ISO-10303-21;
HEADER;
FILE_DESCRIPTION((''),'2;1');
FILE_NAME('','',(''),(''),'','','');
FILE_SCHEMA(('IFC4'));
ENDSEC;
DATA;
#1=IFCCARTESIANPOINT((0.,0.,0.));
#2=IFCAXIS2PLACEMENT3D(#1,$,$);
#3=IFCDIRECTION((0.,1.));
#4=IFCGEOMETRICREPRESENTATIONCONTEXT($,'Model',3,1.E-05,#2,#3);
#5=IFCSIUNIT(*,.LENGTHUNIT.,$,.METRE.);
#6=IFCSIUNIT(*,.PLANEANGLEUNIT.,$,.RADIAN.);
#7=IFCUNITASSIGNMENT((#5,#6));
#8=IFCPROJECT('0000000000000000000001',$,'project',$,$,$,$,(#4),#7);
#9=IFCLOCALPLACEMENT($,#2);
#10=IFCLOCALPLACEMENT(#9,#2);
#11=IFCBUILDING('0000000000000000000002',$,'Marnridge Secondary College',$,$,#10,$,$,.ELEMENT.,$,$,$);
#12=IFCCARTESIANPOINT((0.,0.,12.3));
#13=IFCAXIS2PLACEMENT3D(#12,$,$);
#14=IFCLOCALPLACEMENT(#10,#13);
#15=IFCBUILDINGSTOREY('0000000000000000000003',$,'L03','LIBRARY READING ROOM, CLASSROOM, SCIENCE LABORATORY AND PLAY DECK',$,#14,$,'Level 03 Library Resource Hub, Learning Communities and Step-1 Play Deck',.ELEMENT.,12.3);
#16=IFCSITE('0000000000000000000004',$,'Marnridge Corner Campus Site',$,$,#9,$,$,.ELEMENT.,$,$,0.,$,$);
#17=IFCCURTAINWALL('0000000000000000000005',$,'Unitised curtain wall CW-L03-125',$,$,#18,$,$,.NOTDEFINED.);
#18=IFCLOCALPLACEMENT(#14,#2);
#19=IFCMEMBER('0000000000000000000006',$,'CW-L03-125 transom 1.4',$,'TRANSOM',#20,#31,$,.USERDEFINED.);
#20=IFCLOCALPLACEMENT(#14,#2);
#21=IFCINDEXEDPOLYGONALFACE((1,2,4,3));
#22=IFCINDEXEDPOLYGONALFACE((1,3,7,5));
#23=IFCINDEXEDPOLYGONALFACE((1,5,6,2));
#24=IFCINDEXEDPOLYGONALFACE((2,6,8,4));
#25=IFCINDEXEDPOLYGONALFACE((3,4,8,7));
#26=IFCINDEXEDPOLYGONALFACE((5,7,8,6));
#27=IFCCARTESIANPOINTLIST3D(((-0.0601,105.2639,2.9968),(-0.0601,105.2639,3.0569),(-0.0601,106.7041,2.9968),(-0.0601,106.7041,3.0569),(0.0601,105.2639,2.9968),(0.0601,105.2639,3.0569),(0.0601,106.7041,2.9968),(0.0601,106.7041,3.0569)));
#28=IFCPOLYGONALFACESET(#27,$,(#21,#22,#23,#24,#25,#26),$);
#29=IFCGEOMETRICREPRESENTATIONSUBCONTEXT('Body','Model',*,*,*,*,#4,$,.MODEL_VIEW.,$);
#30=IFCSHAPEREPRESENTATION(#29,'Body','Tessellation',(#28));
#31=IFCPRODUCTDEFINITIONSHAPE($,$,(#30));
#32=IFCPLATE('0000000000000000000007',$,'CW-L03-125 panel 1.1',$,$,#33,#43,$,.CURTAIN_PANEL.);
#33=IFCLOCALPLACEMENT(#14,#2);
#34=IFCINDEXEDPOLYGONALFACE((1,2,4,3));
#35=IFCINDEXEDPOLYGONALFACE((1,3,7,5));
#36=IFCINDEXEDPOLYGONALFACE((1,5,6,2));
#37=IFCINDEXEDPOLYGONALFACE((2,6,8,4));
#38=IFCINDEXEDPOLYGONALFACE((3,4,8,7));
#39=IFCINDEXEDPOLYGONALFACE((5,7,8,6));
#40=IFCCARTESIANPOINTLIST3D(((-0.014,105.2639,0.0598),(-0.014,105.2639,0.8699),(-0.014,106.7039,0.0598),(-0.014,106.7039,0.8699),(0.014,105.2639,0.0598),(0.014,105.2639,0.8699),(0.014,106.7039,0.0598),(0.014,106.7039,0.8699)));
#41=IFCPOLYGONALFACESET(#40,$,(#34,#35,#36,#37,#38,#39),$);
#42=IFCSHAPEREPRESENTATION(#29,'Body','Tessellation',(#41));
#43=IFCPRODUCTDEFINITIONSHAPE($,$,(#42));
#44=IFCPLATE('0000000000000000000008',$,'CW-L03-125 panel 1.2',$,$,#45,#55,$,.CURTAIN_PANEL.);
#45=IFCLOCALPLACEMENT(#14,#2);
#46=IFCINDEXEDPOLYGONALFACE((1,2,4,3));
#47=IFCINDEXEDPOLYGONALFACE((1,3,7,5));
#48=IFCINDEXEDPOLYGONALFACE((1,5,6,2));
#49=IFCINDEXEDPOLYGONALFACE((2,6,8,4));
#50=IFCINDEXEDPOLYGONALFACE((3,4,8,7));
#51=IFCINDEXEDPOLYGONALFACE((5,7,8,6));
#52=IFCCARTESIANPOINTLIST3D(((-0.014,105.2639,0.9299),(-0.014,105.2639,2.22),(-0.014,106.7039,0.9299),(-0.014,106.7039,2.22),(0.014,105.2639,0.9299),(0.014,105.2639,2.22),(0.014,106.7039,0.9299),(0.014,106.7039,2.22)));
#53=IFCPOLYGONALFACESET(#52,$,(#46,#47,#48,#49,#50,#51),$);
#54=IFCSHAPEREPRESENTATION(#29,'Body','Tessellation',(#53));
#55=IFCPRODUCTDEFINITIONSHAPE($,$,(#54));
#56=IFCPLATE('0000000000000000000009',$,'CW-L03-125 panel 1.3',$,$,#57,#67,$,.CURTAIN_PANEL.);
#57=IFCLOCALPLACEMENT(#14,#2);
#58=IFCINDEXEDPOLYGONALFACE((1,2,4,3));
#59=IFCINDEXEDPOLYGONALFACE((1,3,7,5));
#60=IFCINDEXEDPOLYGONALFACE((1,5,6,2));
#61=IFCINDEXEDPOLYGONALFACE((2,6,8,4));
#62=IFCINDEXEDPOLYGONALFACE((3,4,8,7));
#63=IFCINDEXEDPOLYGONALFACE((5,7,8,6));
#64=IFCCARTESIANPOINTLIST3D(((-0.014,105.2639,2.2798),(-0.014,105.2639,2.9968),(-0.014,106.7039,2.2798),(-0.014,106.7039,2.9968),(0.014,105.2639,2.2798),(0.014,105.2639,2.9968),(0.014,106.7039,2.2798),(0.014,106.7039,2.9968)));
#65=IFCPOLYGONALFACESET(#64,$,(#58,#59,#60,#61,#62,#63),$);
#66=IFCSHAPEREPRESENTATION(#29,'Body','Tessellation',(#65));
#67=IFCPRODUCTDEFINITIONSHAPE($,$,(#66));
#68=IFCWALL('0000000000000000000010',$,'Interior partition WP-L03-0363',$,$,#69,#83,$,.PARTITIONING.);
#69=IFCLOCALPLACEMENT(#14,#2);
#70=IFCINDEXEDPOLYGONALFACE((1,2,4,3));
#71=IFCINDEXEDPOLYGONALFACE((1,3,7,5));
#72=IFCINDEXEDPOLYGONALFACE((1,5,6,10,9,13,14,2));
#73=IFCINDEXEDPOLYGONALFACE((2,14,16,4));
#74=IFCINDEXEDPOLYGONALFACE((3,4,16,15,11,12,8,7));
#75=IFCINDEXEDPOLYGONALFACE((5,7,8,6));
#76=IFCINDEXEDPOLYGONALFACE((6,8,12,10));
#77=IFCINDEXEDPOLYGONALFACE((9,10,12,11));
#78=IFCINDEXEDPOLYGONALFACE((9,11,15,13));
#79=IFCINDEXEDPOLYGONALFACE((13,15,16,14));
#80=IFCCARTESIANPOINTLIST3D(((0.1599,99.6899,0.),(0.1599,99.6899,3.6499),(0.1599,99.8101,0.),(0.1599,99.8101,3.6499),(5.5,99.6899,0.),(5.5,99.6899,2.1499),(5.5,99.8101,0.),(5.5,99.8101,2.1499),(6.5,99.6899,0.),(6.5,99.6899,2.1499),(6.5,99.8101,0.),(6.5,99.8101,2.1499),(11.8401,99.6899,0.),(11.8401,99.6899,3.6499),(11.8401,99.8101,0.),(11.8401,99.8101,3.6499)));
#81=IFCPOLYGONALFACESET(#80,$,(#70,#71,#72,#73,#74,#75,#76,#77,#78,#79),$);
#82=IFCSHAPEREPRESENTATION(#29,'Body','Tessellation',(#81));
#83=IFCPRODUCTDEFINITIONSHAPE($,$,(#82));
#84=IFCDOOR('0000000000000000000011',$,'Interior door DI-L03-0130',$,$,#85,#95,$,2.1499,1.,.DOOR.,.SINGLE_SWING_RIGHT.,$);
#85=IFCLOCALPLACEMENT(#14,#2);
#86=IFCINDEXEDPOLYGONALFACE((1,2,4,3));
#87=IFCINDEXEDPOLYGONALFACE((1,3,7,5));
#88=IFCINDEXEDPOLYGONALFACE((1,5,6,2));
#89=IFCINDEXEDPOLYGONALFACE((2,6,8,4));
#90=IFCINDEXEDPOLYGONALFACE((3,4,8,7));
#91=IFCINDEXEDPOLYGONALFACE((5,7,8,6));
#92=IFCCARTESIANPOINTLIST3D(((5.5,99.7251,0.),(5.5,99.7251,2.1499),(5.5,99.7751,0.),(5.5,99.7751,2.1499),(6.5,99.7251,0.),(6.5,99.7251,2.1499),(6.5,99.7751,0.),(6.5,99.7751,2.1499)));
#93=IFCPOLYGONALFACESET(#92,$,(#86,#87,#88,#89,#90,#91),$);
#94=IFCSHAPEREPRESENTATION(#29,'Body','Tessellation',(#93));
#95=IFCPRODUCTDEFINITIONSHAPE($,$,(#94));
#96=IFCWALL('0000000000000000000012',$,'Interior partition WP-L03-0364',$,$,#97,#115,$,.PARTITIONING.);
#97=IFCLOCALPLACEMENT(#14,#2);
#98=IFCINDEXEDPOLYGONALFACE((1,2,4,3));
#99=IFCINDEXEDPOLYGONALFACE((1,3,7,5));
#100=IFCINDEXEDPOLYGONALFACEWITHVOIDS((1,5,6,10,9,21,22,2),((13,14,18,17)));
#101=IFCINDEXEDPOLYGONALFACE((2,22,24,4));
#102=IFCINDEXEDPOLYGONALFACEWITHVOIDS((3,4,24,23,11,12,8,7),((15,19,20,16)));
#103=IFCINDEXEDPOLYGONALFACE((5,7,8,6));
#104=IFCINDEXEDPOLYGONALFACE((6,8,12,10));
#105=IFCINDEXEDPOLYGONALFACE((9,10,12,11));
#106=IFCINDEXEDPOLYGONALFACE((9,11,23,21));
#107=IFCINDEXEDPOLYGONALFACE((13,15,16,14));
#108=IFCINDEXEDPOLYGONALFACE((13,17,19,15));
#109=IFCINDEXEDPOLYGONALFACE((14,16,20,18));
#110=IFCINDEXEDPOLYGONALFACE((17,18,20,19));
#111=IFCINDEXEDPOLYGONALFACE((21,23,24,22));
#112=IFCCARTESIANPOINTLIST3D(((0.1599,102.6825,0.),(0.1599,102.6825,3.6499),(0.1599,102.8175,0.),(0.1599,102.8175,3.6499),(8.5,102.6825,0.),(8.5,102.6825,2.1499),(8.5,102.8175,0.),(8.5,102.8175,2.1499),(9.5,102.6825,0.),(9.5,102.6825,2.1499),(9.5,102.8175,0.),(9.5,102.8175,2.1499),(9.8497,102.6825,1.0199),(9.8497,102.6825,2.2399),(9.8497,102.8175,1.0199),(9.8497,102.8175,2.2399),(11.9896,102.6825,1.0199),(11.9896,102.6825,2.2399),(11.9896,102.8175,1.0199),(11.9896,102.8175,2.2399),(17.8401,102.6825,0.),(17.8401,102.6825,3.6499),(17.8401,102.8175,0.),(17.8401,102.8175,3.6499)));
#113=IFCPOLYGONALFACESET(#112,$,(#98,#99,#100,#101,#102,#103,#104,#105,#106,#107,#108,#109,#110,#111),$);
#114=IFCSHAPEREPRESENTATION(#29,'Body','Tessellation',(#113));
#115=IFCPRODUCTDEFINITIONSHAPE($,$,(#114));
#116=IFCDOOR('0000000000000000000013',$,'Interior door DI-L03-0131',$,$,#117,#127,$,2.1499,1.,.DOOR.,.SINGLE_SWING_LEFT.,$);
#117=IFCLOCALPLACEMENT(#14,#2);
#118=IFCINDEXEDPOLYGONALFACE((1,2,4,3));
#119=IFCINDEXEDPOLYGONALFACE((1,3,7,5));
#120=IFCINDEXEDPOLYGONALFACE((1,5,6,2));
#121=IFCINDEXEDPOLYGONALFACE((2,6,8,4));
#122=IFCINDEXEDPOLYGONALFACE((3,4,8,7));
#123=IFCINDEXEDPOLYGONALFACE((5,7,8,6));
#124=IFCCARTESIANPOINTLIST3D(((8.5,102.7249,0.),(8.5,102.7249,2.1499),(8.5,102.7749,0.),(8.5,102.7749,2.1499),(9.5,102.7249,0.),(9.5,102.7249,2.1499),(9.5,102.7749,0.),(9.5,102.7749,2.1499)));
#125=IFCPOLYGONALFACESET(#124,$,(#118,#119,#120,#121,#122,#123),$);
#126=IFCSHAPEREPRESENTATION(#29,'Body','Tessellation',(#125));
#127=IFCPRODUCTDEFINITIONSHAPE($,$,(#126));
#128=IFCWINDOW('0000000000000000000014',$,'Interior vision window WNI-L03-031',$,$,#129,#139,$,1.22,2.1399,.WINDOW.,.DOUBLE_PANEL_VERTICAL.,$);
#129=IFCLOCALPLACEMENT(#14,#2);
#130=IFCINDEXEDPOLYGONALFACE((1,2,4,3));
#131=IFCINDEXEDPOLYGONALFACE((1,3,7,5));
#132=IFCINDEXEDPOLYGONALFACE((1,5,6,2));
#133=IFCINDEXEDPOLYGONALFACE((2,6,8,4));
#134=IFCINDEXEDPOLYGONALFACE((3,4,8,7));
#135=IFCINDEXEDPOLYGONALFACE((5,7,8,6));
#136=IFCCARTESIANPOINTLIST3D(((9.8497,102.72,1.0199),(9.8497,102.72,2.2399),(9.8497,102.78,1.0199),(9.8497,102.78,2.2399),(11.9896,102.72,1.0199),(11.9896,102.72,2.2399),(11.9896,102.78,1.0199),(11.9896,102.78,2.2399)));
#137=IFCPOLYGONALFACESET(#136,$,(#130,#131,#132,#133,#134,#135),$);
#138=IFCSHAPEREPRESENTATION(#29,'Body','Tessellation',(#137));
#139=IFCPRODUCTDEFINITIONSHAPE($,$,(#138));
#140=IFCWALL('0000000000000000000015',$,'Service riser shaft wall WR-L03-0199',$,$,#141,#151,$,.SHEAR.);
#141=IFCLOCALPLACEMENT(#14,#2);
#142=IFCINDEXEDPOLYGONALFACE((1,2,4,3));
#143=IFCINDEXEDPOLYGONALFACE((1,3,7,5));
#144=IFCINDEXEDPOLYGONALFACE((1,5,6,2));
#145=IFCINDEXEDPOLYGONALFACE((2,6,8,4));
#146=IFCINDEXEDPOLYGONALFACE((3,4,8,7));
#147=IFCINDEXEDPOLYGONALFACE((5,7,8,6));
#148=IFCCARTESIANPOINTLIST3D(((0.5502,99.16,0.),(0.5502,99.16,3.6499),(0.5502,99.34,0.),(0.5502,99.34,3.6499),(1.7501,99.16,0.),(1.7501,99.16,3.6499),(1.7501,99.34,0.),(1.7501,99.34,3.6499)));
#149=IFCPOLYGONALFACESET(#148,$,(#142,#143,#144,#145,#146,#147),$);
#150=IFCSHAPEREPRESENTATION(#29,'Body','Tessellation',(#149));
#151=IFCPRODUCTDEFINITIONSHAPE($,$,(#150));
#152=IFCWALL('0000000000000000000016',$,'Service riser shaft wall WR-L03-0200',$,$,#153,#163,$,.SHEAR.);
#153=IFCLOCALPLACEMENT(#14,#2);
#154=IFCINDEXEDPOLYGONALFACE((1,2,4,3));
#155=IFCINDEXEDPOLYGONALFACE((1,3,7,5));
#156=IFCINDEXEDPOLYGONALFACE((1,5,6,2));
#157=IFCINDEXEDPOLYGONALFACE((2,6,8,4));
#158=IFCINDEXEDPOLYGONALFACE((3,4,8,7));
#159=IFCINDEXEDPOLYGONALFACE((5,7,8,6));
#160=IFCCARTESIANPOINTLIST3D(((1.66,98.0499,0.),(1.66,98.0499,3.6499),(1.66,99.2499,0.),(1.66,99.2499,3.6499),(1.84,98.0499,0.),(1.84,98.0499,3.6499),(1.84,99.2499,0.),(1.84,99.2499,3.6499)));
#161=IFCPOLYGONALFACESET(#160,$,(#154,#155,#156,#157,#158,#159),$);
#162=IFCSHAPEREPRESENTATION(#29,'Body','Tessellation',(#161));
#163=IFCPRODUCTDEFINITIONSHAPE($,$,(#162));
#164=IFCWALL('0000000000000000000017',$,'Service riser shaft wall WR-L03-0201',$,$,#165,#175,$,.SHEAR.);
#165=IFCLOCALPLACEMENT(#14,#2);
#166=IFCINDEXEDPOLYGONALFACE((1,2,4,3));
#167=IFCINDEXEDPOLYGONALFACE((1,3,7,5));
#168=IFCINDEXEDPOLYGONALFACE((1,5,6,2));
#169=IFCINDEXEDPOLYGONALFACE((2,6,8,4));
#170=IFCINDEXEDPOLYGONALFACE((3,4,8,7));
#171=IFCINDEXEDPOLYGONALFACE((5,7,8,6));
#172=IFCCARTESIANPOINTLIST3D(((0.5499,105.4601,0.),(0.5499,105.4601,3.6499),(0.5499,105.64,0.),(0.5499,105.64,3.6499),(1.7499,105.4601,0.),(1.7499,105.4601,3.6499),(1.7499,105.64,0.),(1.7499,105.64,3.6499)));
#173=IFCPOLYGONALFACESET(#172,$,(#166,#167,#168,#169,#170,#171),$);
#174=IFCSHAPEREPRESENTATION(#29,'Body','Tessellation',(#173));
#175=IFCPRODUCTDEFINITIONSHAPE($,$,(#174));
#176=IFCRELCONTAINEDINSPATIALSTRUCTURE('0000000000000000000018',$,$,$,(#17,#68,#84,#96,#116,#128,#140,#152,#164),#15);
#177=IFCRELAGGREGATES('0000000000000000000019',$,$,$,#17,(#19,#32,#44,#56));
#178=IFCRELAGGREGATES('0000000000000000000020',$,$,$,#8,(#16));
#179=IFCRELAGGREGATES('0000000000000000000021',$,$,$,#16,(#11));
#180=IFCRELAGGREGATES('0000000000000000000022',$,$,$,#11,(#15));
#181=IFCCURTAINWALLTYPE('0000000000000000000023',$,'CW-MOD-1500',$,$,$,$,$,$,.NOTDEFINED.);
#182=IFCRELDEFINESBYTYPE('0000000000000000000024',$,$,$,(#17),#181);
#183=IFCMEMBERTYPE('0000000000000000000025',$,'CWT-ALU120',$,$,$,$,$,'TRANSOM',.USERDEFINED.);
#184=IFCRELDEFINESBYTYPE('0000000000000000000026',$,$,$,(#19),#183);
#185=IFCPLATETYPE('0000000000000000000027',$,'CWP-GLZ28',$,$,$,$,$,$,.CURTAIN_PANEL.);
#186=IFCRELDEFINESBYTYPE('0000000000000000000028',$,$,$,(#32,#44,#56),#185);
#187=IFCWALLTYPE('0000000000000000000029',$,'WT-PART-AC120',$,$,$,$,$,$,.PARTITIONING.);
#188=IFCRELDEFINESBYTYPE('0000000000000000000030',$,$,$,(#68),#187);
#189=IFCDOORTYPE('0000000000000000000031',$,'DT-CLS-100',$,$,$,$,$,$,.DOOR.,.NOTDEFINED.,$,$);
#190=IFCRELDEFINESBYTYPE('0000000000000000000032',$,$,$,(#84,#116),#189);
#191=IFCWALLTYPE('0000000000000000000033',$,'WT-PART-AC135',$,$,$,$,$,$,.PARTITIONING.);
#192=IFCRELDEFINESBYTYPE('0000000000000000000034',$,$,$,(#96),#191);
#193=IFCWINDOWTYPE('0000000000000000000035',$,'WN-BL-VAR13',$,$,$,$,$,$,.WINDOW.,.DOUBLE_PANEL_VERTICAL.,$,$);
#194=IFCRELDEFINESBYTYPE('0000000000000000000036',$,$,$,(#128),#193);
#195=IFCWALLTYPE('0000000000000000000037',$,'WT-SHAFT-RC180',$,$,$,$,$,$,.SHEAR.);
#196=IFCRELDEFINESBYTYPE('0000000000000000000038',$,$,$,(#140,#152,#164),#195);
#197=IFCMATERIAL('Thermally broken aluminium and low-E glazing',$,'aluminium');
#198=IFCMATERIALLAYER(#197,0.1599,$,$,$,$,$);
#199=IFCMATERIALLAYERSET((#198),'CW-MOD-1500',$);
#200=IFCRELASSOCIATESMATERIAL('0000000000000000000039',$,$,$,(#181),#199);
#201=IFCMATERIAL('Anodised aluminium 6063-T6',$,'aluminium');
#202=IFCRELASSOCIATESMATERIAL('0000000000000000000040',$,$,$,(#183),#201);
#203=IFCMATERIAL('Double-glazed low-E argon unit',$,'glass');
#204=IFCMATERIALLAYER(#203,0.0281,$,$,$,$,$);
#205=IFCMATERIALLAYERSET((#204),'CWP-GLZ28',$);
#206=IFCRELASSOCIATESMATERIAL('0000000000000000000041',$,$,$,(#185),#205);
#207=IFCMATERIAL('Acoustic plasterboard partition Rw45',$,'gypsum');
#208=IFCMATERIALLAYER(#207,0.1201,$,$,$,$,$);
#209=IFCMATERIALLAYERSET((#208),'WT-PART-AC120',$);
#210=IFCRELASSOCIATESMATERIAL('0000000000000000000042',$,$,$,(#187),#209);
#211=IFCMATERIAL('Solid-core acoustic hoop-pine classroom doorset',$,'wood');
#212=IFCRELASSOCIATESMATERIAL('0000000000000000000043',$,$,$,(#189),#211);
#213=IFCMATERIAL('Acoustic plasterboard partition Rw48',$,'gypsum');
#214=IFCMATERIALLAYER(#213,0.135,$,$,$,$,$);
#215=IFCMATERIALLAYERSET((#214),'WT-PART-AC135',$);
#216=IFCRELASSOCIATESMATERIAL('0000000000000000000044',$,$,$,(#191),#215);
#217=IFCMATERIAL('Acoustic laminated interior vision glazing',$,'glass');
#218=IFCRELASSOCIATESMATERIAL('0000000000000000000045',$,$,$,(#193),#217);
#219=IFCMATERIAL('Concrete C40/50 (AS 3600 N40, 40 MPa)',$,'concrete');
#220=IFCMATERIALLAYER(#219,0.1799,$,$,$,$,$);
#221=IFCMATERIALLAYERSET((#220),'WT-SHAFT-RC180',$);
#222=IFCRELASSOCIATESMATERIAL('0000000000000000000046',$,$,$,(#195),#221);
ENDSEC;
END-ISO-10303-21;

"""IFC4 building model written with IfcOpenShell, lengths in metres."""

from ifc_helpers import new_model, si_unit, direction, frame, frame_2d, origin, origin_2d, place, context, subcontext, project, spatial, rectangle, extrude, material, layer, layer_set, material_profile, profile_set, type_object, element, fill, aggregate, save


model = new_model("IFC4")

# Units and contexts
model_context = context("Model", 3, precision=1e-05, world=origin(), true_north=direction((0.0, 1.0)))
body_context = subcontext(model_context, "Body", "Model", "MODEL_VIEW")
ifc_project = project(units=[si_unit("LENGTHUNIT", "METRE"), si_unit("PLANEANGLEUNIT", "RADIAN")], contexts=[model_context])

# Site, building, storey
site_placement = place(None, origin())
site = spatial("IfcSite", under=ifc_project, at=site_placement, Name="Marnridge Corner Campus Site", CompositionType="ELEMENT", RefElevation=0.0)
building_placement = place(site_placement, origin())
building = spatial("IfcBuilding", under=site, at=building_placement, Name="Marnridge Secondary College", CompositionType="ELEMENT")
storey_placement = place(building_placement, frame((0.0, 0.0, 12.3)))
storey = spatial("IfcBuildingStorey", under=building, at=storey_placement, Name="L03", Description="LIBRARY READING ROOM, CLASSROOM, SCIENCE LABORATORY AND PLAY DECK", LongName="Level 03 Library Resource Hub, Learning Communities and Step-1 Play Deck", CompositionType="ELEMENT", Elevation=12.3)

# Curtain wall, member, plates
ifc_material_1 = material(Name="Thermally broken aluminium and low-E glazing", Category="aluminium")
ifc_layer_1 = layer(ifc_material_1, 0.1599)
ifc_layer_set_1 = layer_set([ifc_layer_1], Name="CW-MOD-1500")
curtain_wall_type = type_object("IfcCurtainWallType", Name="CW-MOD-1500", PredefinedType="NOTDEFINED", material=ifc_layer_set_1)
curtain_wall_placement = place(storey_placement, origin())
curtain_wall = element("IfcCurtainWall", 1, at=curtain_wall_placement, inside=storey, type_object=curtain_wall_type, Name="Unitised curtain wall CW-L03-125", PredefinedType="NOTDEFINED")
ifc_material_2 = material(Name="Anodised aluminium 6063-T6", Category="aluminium")
ifc_material_profile_1 = material_profile(ifc_material_2, rectangle(XDim=0.0601, YDim=0.1201, at=origin_2d()), Name="ALU 60x120")
ifc_profile_set_1 = profile_set([ifc_material_profile_1], Name="Anodised aluminium 6063-T6")
member_type_1 = type_object("IfcMemberType", Name="CWT-ALU120", ElementType="TRANSOM", PredefinedType="USERDEFINED", material=ifc_profile_set_1)
member_1_placement = place(storey_placement, frame((0.0, 105.2639, 3.0269), z_axis=(0.0, 1.0, 0.0), x_axis=(0.0, 0.0, 1.0)))
member_1 = element("IfcMember", 2, at=member_1_placement, type_object=member_type_1, Name="CW-L03-125 transom 1.4", ObjectType="TRANSOM", PredefinedType="USERDEFINED", context=body_context, shape_type="SweptSolid", body=[
    extrude(rectangle(XDim=0.0601, YDim=0.1201, at=origin_2d()), origin(), (0.0, 0.0, 1.0), 1.4402),
])
ifc_material_3 = material(Name="Double-glazed low-E argon unit", Category="glass")
ifc_layer_2 = layer(ifc_material_3, 0.0281)
ifc_layer_set_2 = layer_set([ifc_layer_2], Name="CWP-GLZ28")
plate_type = type_object("IfcPlateType", Name="CWP-GLZ28", PredefinedType="CURTAIN_PANEL", material=ifc_layer_set_2)
plate_1_placement = place(storey_placement, frame((0.0, 105.9839, 0.0598), z_axis=(0.0, 0.0, 1.0), x_axis=(0.0, 1.0, 0.0)))
plate_1 = element("IfcPlate", 3, at=plate_1_placement, type_object=plate_type, Name="CW-L03-125 panel 1.1", PredefinedType="CURTAIN_PANEL", context=body_context, shape_type="SweptSolid", body=[
    extrude(rectangle(XDim=1.4399, YDim=0.0281, at=origin_2d()), origin(), (0.0, 0.0, 1.0), 0.8101),
])
plate_2_placement = place(storey_placement, frame((0.0, 105.9839, 0.9299), z_axis=(0.0, 0.0, 1.0), x_axis=(0.0, 1.0, 0.0)))
plate_2 = element("IfcPlate", 4, at=plate_2_placement, type_object=plate_type, Name="CW-L03-125 panel 1.2", PredefinedType="CURTAIN_PANEL", context=body_context, shape_type="SweptSolid", body=[
    extrude(rectangle(XDim=1.4399, YDim=0.0281, at=origin_2d()), origin(), (0.0, 0.0, 1.0), 1.29),
])
plate_3_placement = place(storey_placement, frame((0.0, 105.9839, 2.2798), z_axis=(0.0, 0.0, 1.0), x_axis=(0.0, 1.0, 0.0)))
plate_3 = element("IfcPlate", 5, at=plate_3_placement, type_object=plate_type, Name="CW-L03-125 panel 1.3", PredefinedType="CURTAIN_PANEL", context=body_context, shape_type="SweptSolid", body=[
    extrude(rectangle(XDim=1.4399, YDim=0.0281, at=origin_2d()), origin(), (0.0, 0.0, 1.0), 0.717),
])
aggregate(curtain_wall, [member_1, plate_1, plate_2, plate_3])

# Wall, opening, door
ifc_material_4 = material(Name="Acoustic plasterboard partition Rw45", Category="gypsum")
ifc_layer_3 = layer(ifc_material_4, 0.1201)
ifc_layer_set_3 = layer_set([ifc_layer_3], Name="WT-PART-AC120")
wall_type_1 = type_object("IfcWallType", Name="WT-PART-AC120", PredefinedType="PARTITIONING", material=ifc_layer_set_3)
wall_1_placement = place(storey_placement, frame((11.8401, 99.75, 0.0), z_axis=(0.0, 0.0, 1.0), x_axis=(-1.0, 0.0, 0.0)))
wall_1 = element("IfcWall", 6, at=wall_1_placement, inside=storey, type_object=wall_type_1, Name="Interior partition WP-L03-0363", PredefinedType="PARTITIONING", context=body_context, shape_type="SweptSolid", body=[
    extrude(rectangle(XDim=11.6802, YDim=0.1201, at=frame_2d((5.8401, 0.0))), origin(), (0.0, 0.0, 1.0), 3.6499),
])
opening_1_placement = place(wall_1_placement, frame((5.3401, 0.0, 0.0)))
opening_1 = element("IfcOpeningElement", 7, at=opening_1_placement, cuts=wall_1, PredefinedType="OPENING", context=body_context, shape_type="SweptSolid", body=[
    extrude(rectangle(XDim=1.0, YDim=2.1499, at=frame_2d((0.5, 1.075))), frame((0.0, 0.0701, 0.0), z_axis=(0.0, -1.0, 0.0), x_axis=(1.0, 0.0, 0.0)), (0.0, 0.0, 1.0), 0.1401),
])
ifc_material_5 = material(Name="Solid-core acoustic hoop-pine classroom doorset", Category="wood")
door_type = type_object("IfcDoorType", Name="DT-CLS-100", OperationType="NOTDEFINED", PredefinedType="DOOR", material=ifc_material_5)
door_1_placement = place(opening_1_placement, origin())
door_1 = element("IfcDoor", 8, at=door_1_placement, inside=storey, type_object=door_type, Name="Interior door DI-L03-0130", OperationType="SINGLE_SWING_RIGHT", OverallHeight=2.1499, OverallWidth=1.0, PredefinedType="DOOR", context=body_context, shape_type="SweptSolid", body=[
    extrude(rectangle(XDim=1.0, YDim=2.1499, at=frame_2d((0.5, 1.075))), frame((0.0, 0.0249, 0.0), z_axis=(0.0, -1.0, 0.0), x_axis=(1.0, 0.0, 0.0)), (0.0, 0.0, 1.0), 0.05),
])
fill(opening_1, door_1)

# Wall, openings, door, window
ifc_material_6 = material(Name="Acoustic plasterboard partition Rw48", Category="gypsum")
ifc_layer_4 = layer(ifc_material_6, 0.135)
ifc_layer_set_4 = layer_set([ifc_layer_4], Name="WT-PART-AC135")
wall_type_2 = type_object("IfcWallType", Name="WT-PART-AC135", PredefinedType="PARTITIONING", material=ifc_layer_set_4)
wall_2_placement = place(storey_placement, frame((0.1599, 102.75, 0.0), z_axis=(0.0, 0.0, 1.0), x_axis=(1.0, 0.0, 0.0)))
wall_2 = element("IfcWall", 9, at=wall_2_placement, inside=storey, type_object=wall_type_2, Name="Interior partition WP-L03-0364", PredefinedType="PARTITIONING", context=body_context, shape_type="SweptSolid", body=[
    extrude(rectangle(XDim=17.6802, YDim=0.135, at=frame_2d((8.8401, 0.0))), origin(), (0.0, 0.0, 1.0), 3.6499),
])
opening_2_placement = place(wall_2_placement, frame((8.3401, 0.0, 0.0)))
opening_2 = element("IfcOpeningElement", 10, at=opening_2_placement, cuts=wall_2, PredefinedType="OPENING", context=body_context, shape_type="SweptSolid", body=[
    extrude(rectangle(XDim=1.0, YDim=2.1499, at=frame_2d((0.5, 1.075))), frame((0.0, 0.0774, 0.0), z_axis=(0.0, -1.0, 0.0), x_axis=(1.0, 0.0, 0.0)), (0.0, 0.0, 1.0), 0.155),
])
opening_3_placement = place(wall_2_placement, frame((9.6899, 0.0, 1.02)))
opening_3 = element("IfcOpeningElement", 11, at=opening_3_placement, cuts=wall_2, PredefinedType="OPENING", context=body_context, shape_type="SweptSolid", body=[
    extrude(rectangle(XDim=2.1399, YDim=1.22, at=frame_2d((1.0698, 0.6099))), frame((0.0, 0.0774, 0.0), z_axis=(0.0, -1.0, 0.0), x_axis=(1.0, 0.0, 0.0)), (0.0, 0.0, 1.0), 0.155),
])
door_2_placement = place(opening_2_placement, origin())
door_2 = element("IfcDoor", 12, at=door_2_placement, inside=storey, type_object=door_type, Name="Interior door DI-L03-0131", OperationType="SINGLE_SWING_LEFT", OverallHeight=2.1499, OverallWidth=1.0, PredefinedType="DOOR", context=body_context, shape_type="SweptSolid", body=[
    extrude(rectangle(XDim=1.0, YDim=2.1499, at=frame_2d((0.5, 1.075))), frame((0.0, 0.0249, 0.0), z_axis=(0.0, -1.0, 0.0), x_axis=(1.0, 0.0, 0.0)), (0.0, 0.0, 1.0), 0.05),
])
fill(opening_2, door_2)
ifc_material_7 = material(Name="Acoustic laminated interior vision glazing", Category="glass")
window_type = type_object("IfcWindowType", Name="WN-BL-VAR13", PartitioningType="DOUBLE_PANEL_VERTICAL", PredefinedType="WINDOW", material=ifc_material_7)
window_placement = place(opening_3_placement, origin())
window = element("IfcWindow", 13, at=window_placement, inside=storey, type_object=window_type, Name="Interior vision window WNI-L03-031", OverallHeight=1.22, OverallWidth=2.1399, PartitioningType="DOUBLE_PANEL_VERTICAL", PredefinedType="WINDOW", context=body_context, shape_type="SweptSolid", body=[
    extrude(rectangle(XDim=2.1399, YDim=1.22, at=frame_2d((1.0698, 0.6099))), frame((0.0, 0.03, 0.0), z_axis=(0.0, -1.0, 0.0), x_axis=(1.0, 0.0, 0.0)), (0.0, 0.0, 1.0), 0.0601),
])
fill(opening_3, window)

# Walls
ifc_material_8 = material(Name="Concrete C40/50 (AS 3600 N40, 40 MPa)", Category="concrete")
ifc_layer_5 = layer(ifc_material_8, 0.1799)
ifc_layer_set_5 = layer_set([ifc_layer_5], Name="WT-SHAFT-RC180")
wall_type_3 = type_object("IfcWallType", Name="WT-SHAFT-RC180", PredefinedType="SHEAR", material=ifc_layer_set_5)
for number, where, z_axis, x_axis, name in (
    (14, (0.55, 99.25, 0.0), (0.0, 0.0, 1.0), (1.0, 0.0, 0.0), "Service riser shaft wall WR-L03-0199"),
    (15, (1.75, 99.25, 0.0), (0.0, 0.0, 1.0), (0.0, -1.0, 0.0), "Service riser shaft wall WR-L03-0200"),
    (16, (1.75, 105.55, 0.0), (0.0, 0.0, 1.0), (-1.0, 0.0, 0.0), "Service riser shaft wall WR-L03-0201"),
):
    element("IfcWall", number, at=place(storey_placement, frame(where, z_axis=z_axis, x_axis=x_axis)), inside=storey, type_object=wall_type_3, Name=name, PredefinedType="SHEAR", context=body_context, shape_type="SweptSolid", body=[
        extrude(rectangle(XDim=1.2, YDim=0.1799, at=frame_2d((0.6001, 0.0))), origin(), (0.0, 0.0, 1.0), 3.6499),
    ])

save(model, "model.ifc")
